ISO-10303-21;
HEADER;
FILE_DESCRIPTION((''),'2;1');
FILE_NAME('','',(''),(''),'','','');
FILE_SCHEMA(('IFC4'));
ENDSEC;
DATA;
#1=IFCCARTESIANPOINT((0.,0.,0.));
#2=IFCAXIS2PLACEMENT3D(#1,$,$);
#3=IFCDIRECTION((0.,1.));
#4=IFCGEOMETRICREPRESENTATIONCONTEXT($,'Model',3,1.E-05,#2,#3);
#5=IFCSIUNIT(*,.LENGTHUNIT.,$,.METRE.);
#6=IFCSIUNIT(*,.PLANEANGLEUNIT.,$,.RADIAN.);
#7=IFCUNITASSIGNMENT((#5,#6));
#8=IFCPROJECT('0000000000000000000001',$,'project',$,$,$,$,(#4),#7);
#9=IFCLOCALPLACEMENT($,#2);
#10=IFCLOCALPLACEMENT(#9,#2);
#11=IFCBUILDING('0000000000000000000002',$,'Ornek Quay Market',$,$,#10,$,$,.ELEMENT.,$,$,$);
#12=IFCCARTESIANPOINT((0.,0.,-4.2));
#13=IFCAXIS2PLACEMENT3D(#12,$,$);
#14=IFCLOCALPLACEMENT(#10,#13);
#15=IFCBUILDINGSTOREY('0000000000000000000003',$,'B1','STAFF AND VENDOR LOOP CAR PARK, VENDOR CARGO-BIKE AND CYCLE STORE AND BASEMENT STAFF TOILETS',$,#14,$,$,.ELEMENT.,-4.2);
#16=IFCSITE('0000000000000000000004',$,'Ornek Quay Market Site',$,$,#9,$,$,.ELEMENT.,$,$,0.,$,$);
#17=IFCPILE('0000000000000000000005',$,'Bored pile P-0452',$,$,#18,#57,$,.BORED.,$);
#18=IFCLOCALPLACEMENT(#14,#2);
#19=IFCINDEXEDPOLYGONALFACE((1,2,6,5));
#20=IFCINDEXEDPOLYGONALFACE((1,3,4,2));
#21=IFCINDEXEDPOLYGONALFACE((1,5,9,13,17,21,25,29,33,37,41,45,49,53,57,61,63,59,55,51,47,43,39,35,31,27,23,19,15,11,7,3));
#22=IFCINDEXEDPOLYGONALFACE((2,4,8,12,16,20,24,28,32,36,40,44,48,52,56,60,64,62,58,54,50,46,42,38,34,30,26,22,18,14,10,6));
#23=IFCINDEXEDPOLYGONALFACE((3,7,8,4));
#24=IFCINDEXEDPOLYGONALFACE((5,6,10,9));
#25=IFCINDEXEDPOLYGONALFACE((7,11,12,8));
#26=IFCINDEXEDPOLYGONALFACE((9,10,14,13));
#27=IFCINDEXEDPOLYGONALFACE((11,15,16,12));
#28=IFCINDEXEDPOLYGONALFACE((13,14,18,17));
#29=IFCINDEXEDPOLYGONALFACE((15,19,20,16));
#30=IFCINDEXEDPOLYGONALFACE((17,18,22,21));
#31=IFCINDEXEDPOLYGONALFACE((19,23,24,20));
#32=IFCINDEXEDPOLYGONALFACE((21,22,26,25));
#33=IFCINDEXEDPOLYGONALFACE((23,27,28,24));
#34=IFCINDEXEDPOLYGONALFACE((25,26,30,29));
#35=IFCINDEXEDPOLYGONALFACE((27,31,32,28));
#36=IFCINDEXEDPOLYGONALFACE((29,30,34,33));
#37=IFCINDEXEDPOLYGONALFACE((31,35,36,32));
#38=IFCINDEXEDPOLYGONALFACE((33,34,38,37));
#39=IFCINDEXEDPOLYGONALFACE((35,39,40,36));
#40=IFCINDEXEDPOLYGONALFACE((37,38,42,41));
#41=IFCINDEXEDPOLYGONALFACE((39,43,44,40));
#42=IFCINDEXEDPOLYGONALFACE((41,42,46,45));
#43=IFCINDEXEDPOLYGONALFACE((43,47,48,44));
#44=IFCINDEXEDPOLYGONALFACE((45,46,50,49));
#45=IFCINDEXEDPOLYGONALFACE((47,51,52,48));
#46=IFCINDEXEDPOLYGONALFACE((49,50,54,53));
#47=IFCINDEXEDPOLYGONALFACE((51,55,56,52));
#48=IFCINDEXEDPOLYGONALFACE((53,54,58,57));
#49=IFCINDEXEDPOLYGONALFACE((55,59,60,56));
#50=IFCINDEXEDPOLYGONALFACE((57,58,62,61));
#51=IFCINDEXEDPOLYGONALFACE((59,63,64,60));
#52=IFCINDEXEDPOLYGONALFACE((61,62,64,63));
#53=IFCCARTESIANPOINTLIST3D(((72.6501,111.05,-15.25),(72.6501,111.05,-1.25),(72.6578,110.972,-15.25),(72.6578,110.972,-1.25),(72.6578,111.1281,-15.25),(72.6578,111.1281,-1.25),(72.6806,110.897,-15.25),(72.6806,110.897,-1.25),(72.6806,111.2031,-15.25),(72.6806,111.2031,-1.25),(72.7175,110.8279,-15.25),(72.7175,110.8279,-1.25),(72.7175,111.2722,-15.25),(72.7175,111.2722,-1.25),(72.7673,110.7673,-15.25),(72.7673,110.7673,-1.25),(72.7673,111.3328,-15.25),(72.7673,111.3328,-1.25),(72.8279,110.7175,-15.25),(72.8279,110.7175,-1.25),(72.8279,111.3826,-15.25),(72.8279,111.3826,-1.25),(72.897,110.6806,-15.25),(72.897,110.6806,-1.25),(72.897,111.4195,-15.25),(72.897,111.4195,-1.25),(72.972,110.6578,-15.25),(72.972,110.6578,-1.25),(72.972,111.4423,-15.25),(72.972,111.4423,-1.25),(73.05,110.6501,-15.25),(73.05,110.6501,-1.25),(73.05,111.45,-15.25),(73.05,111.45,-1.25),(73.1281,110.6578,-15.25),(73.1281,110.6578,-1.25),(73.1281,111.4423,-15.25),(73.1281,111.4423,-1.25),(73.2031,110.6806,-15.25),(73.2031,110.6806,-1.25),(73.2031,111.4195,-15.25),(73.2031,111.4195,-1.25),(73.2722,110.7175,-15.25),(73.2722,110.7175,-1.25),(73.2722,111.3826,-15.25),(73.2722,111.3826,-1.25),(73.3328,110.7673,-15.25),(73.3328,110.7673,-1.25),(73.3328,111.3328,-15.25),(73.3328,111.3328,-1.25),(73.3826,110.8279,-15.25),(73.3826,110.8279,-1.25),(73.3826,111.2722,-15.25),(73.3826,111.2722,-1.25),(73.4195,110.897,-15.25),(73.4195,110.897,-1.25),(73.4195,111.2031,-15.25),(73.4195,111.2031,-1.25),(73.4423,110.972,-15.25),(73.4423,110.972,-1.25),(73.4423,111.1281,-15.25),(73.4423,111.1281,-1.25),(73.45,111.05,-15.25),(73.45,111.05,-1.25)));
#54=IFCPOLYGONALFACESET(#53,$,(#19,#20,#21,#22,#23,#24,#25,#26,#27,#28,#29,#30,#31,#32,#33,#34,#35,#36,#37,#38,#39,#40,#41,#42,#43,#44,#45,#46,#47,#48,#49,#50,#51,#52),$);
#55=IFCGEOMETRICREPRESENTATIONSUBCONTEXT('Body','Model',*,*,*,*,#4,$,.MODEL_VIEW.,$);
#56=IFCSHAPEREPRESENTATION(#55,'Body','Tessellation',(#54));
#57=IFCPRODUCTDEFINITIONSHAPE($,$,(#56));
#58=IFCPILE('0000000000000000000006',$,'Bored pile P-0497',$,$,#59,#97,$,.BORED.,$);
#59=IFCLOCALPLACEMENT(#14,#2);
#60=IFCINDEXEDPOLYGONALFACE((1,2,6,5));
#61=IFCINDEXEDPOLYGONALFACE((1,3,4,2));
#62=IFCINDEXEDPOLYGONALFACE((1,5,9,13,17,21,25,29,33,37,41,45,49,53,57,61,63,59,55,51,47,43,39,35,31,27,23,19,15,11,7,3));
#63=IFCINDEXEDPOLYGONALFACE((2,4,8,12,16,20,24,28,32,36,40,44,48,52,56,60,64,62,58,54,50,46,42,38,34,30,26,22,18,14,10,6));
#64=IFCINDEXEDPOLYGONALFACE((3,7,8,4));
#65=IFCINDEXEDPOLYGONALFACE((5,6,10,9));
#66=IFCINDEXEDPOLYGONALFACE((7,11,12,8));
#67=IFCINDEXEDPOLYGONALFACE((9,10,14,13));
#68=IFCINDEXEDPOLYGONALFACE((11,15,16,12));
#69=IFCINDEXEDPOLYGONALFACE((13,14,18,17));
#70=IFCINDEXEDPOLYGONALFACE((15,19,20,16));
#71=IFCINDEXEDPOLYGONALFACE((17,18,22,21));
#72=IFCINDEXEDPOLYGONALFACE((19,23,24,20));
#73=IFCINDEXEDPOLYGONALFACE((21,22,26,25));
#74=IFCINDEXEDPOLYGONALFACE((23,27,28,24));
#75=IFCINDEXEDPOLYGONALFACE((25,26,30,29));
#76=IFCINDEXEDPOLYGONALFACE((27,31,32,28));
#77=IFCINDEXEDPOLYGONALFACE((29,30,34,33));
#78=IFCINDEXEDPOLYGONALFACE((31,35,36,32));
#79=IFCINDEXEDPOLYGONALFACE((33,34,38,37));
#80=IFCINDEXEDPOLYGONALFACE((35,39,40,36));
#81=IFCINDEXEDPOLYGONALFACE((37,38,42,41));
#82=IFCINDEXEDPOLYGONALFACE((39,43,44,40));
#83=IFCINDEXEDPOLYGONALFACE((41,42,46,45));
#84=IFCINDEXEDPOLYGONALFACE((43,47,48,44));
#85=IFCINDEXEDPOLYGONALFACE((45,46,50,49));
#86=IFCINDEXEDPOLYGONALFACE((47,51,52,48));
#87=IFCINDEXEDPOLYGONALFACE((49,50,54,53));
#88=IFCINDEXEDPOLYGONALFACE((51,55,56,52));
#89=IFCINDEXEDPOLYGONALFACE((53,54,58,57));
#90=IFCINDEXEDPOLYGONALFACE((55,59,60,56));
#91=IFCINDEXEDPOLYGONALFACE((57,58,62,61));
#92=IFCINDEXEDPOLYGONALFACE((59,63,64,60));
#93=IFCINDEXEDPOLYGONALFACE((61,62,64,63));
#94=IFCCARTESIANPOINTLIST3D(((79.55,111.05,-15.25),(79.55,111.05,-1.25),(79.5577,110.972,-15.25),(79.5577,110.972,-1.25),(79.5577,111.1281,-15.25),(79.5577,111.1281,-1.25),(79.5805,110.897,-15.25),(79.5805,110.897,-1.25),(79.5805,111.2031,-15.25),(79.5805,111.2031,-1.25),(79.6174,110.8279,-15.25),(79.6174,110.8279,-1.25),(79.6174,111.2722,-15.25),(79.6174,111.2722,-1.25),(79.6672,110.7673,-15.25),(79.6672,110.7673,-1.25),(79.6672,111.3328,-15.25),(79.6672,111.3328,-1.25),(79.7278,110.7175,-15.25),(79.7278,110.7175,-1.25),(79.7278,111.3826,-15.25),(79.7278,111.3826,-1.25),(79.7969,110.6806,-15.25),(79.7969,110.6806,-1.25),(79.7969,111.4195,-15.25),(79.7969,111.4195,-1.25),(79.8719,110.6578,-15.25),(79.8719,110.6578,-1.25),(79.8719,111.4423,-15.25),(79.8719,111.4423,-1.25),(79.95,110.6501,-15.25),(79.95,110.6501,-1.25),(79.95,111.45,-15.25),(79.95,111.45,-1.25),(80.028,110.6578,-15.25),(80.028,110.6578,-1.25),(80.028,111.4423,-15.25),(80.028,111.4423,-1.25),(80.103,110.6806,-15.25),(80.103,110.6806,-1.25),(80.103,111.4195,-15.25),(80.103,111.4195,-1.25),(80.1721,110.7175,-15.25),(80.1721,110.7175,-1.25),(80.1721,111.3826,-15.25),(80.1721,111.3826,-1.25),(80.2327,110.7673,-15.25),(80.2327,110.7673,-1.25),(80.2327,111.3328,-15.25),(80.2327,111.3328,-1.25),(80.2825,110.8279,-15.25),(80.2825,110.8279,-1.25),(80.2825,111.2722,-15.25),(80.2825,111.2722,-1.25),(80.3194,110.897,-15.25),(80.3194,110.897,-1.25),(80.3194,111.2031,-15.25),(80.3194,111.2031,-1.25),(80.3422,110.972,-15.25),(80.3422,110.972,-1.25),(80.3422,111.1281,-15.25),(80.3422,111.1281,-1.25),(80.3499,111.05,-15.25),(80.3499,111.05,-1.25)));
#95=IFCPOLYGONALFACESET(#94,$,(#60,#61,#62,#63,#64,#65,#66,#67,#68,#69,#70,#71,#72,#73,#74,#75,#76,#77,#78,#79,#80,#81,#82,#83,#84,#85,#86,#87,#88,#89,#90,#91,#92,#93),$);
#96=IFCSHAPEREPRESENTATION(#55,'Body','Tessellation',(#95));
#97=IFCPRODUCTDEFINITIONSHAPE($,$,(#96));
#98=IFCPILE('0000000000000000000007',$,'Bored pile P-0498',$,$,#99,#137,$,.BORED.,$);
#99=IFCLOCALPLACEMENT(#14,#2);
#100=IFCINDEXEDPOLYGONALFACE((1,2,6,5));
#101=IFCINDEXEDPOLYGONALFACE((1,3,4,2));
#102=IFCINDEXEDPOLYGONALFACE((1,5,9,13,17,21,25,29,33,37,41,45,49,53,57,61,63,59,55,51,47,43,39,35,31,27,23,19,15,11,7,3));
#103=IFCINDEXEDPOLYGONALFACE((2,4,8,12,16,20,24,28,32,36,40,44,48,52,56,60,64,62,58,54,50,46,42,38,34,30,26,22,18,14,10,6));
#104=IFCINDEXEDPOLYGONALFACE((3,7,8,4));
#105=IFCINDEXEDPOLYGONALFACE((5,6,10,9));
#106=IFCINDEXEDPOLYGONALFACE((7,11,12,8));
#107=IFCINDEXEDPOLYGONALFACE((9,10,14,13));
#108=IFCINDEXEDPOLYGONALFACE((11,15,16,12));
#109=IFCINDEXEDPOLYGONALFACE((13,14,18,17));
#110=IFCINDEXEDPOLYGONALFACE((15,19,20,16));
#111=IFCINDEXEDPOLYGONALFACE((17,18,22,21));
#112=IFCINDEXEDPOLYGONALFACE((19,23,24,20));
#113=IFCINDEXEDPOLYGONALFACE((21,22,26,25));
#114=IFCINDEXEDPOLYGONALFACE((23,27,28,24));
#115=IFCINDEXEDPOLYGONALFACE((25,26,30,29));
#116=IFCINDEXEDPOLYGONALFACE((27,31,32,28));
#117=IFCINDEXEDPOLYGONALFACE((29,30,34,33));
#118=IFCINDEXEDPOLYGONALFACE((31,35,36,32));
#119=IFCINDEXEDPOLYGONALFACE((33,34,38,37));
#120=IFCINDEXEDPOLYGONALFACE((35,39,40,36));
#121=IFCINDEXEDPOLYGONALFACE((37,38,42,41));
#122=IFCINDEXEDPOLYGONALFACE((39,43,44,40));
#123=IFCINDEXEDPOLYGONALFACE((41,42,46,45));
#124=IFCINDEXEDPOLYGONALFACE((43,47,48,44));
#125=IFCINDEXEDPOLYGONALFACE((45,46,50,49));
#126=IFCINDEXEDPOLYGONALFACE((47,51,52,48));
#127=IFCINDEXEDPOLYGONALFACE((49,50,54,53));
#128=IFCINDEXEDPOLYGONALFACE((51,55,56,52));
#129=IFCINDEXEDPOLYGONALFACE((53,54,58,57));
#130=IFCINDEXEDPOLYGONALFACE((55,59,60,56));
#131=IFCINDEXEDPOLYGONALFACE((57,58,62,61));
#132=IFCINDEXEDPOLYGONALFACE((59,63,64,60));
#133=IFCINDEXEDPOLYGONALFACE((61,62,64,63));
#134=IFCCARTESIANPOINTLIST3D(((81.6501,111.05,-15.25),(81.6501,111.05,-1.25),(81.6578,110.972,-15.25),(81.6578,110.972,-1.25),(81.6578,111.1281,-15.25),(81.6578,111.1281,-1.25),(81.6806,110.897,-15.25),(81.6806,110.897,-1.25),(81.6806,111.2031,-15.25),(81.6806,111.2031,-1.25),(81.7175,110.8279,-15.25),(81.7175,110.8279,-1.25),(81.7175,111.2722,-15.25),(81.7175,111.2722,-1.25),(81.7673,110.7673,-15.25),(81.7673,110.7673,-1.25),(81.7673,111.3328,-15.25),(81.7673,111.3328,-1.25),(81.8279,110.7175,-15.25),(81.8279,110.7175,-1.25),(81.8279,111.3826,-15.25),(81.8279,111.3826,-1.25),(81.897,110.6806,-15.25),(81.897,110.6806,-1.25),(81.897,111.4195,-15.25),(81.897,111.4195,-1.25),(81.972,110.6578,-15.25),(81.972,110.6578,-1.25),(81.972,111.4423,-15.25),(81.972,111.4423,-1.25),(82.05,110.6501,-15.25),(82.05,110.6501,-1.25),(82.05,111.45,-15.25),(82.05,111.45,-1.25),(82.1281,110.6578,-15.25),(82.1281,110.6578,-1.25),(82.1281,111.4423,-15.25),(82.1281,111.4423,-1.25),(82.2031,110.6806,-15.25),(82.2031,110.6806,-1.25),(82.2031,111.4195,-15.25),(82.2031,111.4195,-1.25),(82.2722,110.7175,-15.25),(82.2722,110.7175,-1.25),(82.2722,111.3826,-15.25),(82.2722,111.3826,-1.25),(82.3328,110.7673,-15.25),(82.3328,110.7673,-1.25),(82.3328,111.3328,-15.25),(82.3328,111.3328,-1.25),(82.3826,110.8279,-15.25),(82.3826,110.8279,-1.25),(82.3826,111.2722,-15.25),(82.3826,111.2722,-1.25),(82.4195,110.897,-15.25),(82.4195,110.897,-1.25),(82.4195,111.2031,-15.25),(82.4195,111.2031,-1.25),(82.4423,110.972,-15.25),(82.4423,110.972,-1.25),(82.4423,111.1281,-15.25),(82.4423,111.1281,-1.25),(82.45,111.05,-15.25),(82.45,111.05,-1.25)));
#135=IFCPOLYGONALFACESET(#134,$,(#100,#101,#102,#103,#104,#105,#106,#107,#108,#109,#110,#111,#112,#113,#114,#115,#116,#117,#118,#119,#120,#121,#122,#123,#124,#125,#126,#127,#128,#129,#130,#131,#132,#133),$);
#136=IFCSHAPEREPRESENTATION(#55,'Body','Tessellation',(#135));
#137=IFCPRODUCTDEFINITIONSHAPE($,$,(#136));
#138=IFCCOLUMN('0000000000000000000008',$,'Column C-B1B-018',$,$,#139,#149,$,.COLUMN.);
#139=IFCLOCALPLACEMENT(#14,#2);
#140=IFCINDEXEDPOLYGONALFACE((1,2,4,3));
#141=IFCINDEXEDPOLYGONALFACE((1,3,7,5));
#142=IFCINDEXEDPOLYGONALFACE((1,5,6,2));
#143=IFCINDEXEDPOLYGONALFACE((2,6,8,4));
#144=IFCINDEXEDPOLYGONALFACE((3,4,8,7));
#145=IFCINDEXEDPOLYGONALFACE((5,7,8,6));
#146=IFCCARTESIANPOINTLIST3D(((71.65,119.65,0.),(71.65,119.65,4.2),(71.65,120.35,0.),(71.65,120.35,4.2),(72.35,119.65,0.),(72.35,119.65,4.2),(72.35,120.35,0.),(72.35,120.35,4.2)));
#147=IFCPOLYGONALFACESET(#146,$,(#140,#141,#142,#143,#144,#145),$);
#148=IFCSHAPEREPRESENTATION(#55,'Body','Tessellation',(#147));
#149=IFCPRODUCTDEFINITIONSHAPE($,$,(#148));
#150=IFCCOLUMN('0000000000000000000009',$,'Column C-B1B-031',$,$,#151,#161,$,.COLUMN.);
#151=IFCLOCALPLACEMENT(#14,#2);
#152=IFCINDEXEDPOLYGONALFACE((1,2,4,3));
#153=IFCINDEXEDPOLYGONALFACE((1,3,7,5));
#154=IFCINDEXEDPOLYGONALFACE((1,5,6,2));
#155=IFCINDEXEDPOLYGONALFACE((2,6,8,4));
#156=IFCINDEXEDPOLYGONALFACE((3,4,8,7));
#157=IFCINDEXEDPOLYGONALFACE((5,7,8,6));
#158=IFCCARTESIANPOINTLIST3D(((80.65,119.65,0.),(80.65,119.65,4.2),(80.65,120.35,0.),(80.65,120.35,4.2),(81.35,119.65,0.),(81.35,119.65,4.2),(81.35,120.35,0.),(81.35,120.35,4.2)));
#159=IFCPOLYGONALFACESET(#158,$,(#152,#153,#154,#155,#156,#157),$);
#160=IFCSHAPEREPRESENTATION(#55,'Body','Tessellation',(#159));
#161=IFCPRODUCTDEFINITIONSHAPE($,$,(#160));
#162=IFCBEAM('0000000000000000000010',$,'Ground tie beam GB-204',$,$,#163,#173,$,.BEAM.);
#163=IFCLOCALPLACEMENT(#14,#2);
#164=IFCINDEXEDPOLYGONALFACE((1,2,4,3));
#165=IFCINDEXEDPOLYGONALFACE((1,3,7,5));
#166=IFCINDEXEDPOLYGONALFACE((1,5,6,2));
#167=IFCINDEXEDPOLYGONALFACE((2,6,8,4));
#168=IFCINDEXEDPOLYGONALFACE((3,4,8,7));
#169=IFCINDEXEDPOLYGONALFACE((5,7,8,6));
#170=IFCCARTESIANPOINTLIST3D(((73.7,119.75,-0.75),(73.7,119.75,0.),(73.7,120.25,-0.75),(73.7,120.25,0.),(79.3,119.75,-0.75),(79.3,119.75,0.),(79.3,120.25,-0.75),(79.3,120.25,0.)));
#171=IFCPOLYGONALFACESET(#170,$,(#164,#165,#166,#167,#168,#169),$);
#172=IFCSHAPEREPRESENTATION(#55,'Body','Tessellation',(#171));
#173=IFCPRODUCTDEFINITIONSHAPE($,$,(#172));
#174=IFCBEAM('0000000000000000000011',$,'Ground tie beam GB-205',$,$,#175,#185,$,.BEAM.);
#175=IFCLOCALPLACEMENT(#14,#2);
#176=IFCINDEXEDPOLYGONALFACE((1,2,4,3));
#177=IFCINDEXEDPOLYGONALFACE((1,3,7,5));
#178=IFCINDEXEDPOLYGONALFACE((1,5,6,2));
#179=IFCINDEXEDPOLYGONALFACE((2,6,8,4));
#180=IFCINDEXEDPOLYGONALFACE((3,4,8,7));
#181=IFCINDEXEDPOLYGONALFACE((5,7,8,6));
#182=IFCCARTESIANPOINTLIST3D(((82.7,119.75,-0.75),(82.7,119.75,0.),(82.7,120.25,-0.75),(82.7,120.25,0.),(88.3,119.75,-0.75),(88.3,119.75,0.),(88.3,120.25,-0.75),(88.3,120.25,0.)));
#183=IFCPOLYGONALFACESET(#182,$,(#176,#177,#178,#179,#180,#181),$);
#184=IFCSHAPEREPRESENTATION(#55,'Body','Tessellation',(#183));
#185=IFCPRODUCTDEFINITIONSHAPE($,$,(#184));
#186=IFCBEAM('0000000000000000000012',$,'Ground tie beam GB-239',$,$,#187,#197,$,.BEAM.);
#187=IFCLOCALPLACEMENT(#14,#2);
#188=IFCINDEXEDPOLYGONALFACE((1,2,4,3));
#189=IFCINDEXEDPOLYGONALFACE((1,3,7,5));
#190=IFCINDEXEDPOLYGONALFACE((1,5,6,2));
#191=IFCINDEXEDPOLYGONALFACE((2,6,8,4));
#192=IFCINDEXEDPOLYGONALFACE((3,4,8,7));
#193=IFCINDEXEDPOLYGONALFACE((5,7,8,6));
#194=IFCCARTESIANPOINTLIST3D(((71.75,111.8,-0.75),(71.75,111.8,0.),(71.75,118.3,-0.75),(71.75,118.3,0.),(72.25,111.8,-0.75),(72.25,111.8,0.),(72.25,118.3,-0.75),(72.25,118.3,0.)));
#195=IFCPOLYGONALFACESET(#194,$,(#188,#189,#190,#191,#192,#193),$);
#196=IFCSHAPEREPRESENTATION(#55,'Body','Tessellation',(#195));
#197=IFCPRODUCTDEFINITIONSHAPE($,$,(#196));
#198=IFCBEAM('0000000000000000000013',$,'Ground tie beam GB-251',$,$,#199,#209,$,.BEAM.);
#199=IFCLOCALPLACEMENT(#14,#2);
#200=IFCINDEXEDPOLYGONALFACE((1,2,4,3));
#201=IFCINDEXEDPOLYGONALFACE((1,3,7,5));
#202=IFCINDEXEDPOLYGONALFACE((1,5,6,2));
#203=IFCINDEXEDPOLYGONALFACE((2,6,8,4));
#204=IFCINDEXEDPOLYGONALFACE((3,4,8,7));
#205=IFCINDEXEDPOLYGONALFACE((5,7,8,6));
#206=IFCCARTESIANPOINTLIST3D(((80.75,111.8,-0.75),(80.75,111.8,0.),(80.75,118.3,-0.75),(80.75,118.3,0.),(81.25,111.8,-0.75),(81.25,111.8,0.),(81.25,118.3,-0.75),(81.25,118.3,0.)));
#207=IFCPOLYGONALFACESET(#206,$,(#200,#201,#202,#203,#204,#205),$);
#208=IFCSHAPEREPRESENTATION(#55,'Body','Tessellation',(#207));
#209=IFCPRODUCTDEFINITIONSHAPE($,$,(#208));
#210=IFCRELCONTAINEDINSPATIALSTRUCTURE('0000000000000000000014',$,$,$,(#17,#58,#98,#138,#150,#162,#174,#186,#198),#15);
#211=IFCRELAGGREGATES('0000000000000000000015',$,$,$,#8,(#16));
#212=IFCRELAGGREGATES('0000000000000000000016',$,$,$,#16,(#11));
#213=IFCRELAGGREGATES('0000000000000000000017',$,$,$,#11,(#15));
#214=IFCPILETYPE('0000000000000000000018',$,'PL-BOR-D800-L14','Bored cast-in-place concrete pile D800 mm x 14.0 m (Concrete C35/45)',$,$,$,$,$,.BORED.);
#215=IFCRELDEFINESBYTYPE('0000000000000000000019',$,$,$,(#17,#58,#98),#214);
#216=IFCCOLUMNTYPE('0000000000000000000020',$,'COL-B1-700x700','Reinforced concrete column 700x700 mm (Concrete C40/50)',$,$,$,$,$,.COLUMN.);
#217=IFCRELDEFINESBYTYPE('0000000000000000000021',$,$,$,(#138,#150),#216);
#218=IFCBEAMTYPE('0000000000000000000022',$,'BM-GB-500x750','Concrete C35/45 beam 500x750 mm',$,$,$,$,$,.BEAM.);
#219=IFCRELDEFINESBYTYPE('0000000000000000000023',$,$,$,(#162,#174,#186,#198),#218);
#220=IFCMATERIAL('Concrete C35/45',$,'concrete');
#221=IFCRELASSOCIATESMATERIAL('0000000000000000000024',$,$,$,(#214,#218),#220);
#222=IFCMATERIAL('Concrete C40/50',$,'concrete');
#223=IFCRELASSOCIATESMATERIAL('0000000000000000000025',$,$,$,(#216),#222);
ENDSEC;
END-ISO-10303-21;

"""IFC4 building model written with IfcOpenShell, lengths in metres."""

from ifc_helpers import new_model, si_unit, direction, frame, origin, origin_2d, place, context, subcontext, project, spatial, rectangle, circle, extrude, material, material_profile, profile_set, type_object, element, save


model = new_model("IFC4")

# Units and contexts
model_context = context("Model", 3, precision=1e-05, world=origin(), true_north=direction((0.0, 1.0)))
body_context = subcontext(model_context, "Body", "Model", "MODEL_VIEW")
ifc_project = project(units=[si_unit("LENGTHUNIT", "METRE"), si_unit("PLANEANGLEUNIT", "RADIAN")], contexts=[model_context])

# Site, building, storey
site_placement = place(None, origin())
site = spatial("IfcSite", under=ifc_project, at=site_placement, Name="Ornek Quay Market Site", CompositionType="ELEMENT", RefElevation=0.0)
building_placement = place(site_placement, origin())
building = spatial("IfcBuilding", under=site, at=building_placement, Name="Ornek Quay Market", CompositionType="ELEMENT")
storey_placement = place(building_placement, frame((0.0, 0.0, -4.2)))
storey = spatial("IfcBuildingStorey", under=building, at=storey_placement, Name="B1", Description="STAFF AND VENDOR LOOP CAR PARK, VENDOR CARGO-BIKE AND CYCLE STORE AND BASEMENT STAFF TOILETS", CompositionType="ELEMENT", Elevation=-4.2)

# Piles
ifc_material_1 = material(Name="Concrete C35/45", Category="concrete")
ifc_material_profile_1 = material_profile(ifc_material_1, circle(Radius=0.3999, at=origin_2d()), Name="PILE D800", Category="concrete")
ifc_profile_set_1 = profile_set([ifc_material_profile_1], Name="Concrete C35/45")
pile_type_1 = type_object("IfcPileType", Name="PL-BOR-D800-L14", Description="Bored cast-in-place concrete pile D800 mm x 14.0 m (Concrete C35/45)", PredefinedType="BORED", material=ifc_profile_set_1)
for number, where, z_axis, x_axis, name in (
    (1, (73.05, 111.05, -1.25), (0.0, 0.0, -1.0), (1.0, 0.0, 0.0), "Bored pile P-0452"),
    (2, (79.95, 111.05, -1.25), (0.0, 0.0, -1.0), (1.0, 0.0, 0.0), "Bored pile P-0497"),
    (3, (82.05, 111.05, -1.25), (0.0, 0.0, -1.0), (1.0, 0.0, 0.0), "Bored pile P-0498"),
):
    element("IfcPile", number, at=place(storey_placement, frame(where, z_axis=z_axis, x_axis=x_axis)), inside=storey, type_object=pile_type_1, Name=name, PredefinedType="BORED", context=body_context, shape_type="SweptSolid", body=[
        extrude(circle(Radius=0.3999, at=origin_2d()), origin(), (0.0, 0.0, 1.0), 14.0),
    ])

# Columns
ifc_material_2 = material(Name="Concrete C40/50", Category="concrete")
ifc_material_profile_2 = material_profile(ifc_material_2, rectangle(XDim=0.7, YDim=0.7, at=origin_2d()), Name="RC 700x700", Category="concrete")
ifc_profile_set_2 = profile_set([ifc_material_profile_2], Name="Concrete C40/50")
column_type = type_object("IfcColumnType", Name="COL-B1-700x700", Description="Reinforced concrete column 700x700 mm (Concrete C40/50)", PredefinedType="COLUMN", material=ifc_profile_set_2)
for number, where, z_axis, x_axis, name in (
    (4, (72.0, 120.0, 0.0), (0.0, 0.0, 1.0), (1.0, 0.0, 0.0), "Column C-B1B-018"),
    (5, (81.0, 120.0, 0.0), (0.0, 0.0, 1.0), (1.0, 0.0, 0.0), "Column C-B1B-031"),
):
    element("IfcColumn", number, at=place(storey_placement, frame(where, z_axis=z_axis, x_axis=x_axis)), inside=storey, type_object=column_type, Name=name, PredefinedType="COLUMN", context=body_context, shape_type="SweptSolid", body=[
        extrude(rectangle(XDim=0.7, YDim=0.7, at=origin_2d()), origin(), (0.0, 0.0, 1.0), 4.2),
    ])

# Beams
ifc_material_profile_3 = material_profile(ifc_material_1, rectangle(XDim=0.5, YDim=0.75, at=origin_2d()), Name="RC 500x750", Category="concrete")
ifc_profile_set_3 = profile_set([ifc_material_profile_3], Name="Concrete C35/45")
beam_type_1 = type_object("IfcBeamType", Name="BM-GB-500x750", Description="Concrete C35/45 beam 500x750 mm", PredefinedType="BEAM", material=ifc_profile_set_3)
for number, where, z_axis, x_axis, name in (
    (6, (73.7, 120.0, -0.375), (1.0, 0.0, 0.0), (0.0, 1.0, 0.0), "Ground tie beam GB-204"),
    (7, (82.7, 120.0, -0.375), (1.0, 0.0, 0.0), (0.0, 1.0, 0.0), "Ground tie beam GB-205"),
):
    element("IfcBeam", number, at=place(storey_placement, frame(where, z_axis=z_axis, x_axis=x_axis)), inside=storey, type_object=beam_type_1, Name=name, PredefinedType="BEAM", context=body_context, shape_type="SweptSolid", body=[
        extrude(rectangle(XDim=0.5, YDim=0.75, at=origin_2d()), origin(), (0.0, 0.0, 1.0), 5.6001),
    ])
for number, where, z_axis, x_axis, name in (
    (8, (72.0, 111.8, -0.375), (0.0, 1.0, 0.0), (-1.0, 0.0, 0.0), "Ground tie beam GB-239"),
    (9, (81.0, 111.8, -0.375), (0.0, 1.0, 0.0), (-1.0, 0.0, 0.0), "Ground tie beam GB-251"),
):
    element("IfcBeam", number, at=place(storey_placement, frame(where, z_axis=z_axis, x_axis=x_axis)), inside=storey, type_object=beam_type_1, Name=name, PredefinedType="BEAM", context=body_context, shape_type="SweptSolid", body=[
        extrude(rectangle(XDim=0.5, YDim=0.75, at=origin_2d()), origin(), (0.0, 0.0, 1.0), 6.5),
    ])

save(model, "model.ifc")
